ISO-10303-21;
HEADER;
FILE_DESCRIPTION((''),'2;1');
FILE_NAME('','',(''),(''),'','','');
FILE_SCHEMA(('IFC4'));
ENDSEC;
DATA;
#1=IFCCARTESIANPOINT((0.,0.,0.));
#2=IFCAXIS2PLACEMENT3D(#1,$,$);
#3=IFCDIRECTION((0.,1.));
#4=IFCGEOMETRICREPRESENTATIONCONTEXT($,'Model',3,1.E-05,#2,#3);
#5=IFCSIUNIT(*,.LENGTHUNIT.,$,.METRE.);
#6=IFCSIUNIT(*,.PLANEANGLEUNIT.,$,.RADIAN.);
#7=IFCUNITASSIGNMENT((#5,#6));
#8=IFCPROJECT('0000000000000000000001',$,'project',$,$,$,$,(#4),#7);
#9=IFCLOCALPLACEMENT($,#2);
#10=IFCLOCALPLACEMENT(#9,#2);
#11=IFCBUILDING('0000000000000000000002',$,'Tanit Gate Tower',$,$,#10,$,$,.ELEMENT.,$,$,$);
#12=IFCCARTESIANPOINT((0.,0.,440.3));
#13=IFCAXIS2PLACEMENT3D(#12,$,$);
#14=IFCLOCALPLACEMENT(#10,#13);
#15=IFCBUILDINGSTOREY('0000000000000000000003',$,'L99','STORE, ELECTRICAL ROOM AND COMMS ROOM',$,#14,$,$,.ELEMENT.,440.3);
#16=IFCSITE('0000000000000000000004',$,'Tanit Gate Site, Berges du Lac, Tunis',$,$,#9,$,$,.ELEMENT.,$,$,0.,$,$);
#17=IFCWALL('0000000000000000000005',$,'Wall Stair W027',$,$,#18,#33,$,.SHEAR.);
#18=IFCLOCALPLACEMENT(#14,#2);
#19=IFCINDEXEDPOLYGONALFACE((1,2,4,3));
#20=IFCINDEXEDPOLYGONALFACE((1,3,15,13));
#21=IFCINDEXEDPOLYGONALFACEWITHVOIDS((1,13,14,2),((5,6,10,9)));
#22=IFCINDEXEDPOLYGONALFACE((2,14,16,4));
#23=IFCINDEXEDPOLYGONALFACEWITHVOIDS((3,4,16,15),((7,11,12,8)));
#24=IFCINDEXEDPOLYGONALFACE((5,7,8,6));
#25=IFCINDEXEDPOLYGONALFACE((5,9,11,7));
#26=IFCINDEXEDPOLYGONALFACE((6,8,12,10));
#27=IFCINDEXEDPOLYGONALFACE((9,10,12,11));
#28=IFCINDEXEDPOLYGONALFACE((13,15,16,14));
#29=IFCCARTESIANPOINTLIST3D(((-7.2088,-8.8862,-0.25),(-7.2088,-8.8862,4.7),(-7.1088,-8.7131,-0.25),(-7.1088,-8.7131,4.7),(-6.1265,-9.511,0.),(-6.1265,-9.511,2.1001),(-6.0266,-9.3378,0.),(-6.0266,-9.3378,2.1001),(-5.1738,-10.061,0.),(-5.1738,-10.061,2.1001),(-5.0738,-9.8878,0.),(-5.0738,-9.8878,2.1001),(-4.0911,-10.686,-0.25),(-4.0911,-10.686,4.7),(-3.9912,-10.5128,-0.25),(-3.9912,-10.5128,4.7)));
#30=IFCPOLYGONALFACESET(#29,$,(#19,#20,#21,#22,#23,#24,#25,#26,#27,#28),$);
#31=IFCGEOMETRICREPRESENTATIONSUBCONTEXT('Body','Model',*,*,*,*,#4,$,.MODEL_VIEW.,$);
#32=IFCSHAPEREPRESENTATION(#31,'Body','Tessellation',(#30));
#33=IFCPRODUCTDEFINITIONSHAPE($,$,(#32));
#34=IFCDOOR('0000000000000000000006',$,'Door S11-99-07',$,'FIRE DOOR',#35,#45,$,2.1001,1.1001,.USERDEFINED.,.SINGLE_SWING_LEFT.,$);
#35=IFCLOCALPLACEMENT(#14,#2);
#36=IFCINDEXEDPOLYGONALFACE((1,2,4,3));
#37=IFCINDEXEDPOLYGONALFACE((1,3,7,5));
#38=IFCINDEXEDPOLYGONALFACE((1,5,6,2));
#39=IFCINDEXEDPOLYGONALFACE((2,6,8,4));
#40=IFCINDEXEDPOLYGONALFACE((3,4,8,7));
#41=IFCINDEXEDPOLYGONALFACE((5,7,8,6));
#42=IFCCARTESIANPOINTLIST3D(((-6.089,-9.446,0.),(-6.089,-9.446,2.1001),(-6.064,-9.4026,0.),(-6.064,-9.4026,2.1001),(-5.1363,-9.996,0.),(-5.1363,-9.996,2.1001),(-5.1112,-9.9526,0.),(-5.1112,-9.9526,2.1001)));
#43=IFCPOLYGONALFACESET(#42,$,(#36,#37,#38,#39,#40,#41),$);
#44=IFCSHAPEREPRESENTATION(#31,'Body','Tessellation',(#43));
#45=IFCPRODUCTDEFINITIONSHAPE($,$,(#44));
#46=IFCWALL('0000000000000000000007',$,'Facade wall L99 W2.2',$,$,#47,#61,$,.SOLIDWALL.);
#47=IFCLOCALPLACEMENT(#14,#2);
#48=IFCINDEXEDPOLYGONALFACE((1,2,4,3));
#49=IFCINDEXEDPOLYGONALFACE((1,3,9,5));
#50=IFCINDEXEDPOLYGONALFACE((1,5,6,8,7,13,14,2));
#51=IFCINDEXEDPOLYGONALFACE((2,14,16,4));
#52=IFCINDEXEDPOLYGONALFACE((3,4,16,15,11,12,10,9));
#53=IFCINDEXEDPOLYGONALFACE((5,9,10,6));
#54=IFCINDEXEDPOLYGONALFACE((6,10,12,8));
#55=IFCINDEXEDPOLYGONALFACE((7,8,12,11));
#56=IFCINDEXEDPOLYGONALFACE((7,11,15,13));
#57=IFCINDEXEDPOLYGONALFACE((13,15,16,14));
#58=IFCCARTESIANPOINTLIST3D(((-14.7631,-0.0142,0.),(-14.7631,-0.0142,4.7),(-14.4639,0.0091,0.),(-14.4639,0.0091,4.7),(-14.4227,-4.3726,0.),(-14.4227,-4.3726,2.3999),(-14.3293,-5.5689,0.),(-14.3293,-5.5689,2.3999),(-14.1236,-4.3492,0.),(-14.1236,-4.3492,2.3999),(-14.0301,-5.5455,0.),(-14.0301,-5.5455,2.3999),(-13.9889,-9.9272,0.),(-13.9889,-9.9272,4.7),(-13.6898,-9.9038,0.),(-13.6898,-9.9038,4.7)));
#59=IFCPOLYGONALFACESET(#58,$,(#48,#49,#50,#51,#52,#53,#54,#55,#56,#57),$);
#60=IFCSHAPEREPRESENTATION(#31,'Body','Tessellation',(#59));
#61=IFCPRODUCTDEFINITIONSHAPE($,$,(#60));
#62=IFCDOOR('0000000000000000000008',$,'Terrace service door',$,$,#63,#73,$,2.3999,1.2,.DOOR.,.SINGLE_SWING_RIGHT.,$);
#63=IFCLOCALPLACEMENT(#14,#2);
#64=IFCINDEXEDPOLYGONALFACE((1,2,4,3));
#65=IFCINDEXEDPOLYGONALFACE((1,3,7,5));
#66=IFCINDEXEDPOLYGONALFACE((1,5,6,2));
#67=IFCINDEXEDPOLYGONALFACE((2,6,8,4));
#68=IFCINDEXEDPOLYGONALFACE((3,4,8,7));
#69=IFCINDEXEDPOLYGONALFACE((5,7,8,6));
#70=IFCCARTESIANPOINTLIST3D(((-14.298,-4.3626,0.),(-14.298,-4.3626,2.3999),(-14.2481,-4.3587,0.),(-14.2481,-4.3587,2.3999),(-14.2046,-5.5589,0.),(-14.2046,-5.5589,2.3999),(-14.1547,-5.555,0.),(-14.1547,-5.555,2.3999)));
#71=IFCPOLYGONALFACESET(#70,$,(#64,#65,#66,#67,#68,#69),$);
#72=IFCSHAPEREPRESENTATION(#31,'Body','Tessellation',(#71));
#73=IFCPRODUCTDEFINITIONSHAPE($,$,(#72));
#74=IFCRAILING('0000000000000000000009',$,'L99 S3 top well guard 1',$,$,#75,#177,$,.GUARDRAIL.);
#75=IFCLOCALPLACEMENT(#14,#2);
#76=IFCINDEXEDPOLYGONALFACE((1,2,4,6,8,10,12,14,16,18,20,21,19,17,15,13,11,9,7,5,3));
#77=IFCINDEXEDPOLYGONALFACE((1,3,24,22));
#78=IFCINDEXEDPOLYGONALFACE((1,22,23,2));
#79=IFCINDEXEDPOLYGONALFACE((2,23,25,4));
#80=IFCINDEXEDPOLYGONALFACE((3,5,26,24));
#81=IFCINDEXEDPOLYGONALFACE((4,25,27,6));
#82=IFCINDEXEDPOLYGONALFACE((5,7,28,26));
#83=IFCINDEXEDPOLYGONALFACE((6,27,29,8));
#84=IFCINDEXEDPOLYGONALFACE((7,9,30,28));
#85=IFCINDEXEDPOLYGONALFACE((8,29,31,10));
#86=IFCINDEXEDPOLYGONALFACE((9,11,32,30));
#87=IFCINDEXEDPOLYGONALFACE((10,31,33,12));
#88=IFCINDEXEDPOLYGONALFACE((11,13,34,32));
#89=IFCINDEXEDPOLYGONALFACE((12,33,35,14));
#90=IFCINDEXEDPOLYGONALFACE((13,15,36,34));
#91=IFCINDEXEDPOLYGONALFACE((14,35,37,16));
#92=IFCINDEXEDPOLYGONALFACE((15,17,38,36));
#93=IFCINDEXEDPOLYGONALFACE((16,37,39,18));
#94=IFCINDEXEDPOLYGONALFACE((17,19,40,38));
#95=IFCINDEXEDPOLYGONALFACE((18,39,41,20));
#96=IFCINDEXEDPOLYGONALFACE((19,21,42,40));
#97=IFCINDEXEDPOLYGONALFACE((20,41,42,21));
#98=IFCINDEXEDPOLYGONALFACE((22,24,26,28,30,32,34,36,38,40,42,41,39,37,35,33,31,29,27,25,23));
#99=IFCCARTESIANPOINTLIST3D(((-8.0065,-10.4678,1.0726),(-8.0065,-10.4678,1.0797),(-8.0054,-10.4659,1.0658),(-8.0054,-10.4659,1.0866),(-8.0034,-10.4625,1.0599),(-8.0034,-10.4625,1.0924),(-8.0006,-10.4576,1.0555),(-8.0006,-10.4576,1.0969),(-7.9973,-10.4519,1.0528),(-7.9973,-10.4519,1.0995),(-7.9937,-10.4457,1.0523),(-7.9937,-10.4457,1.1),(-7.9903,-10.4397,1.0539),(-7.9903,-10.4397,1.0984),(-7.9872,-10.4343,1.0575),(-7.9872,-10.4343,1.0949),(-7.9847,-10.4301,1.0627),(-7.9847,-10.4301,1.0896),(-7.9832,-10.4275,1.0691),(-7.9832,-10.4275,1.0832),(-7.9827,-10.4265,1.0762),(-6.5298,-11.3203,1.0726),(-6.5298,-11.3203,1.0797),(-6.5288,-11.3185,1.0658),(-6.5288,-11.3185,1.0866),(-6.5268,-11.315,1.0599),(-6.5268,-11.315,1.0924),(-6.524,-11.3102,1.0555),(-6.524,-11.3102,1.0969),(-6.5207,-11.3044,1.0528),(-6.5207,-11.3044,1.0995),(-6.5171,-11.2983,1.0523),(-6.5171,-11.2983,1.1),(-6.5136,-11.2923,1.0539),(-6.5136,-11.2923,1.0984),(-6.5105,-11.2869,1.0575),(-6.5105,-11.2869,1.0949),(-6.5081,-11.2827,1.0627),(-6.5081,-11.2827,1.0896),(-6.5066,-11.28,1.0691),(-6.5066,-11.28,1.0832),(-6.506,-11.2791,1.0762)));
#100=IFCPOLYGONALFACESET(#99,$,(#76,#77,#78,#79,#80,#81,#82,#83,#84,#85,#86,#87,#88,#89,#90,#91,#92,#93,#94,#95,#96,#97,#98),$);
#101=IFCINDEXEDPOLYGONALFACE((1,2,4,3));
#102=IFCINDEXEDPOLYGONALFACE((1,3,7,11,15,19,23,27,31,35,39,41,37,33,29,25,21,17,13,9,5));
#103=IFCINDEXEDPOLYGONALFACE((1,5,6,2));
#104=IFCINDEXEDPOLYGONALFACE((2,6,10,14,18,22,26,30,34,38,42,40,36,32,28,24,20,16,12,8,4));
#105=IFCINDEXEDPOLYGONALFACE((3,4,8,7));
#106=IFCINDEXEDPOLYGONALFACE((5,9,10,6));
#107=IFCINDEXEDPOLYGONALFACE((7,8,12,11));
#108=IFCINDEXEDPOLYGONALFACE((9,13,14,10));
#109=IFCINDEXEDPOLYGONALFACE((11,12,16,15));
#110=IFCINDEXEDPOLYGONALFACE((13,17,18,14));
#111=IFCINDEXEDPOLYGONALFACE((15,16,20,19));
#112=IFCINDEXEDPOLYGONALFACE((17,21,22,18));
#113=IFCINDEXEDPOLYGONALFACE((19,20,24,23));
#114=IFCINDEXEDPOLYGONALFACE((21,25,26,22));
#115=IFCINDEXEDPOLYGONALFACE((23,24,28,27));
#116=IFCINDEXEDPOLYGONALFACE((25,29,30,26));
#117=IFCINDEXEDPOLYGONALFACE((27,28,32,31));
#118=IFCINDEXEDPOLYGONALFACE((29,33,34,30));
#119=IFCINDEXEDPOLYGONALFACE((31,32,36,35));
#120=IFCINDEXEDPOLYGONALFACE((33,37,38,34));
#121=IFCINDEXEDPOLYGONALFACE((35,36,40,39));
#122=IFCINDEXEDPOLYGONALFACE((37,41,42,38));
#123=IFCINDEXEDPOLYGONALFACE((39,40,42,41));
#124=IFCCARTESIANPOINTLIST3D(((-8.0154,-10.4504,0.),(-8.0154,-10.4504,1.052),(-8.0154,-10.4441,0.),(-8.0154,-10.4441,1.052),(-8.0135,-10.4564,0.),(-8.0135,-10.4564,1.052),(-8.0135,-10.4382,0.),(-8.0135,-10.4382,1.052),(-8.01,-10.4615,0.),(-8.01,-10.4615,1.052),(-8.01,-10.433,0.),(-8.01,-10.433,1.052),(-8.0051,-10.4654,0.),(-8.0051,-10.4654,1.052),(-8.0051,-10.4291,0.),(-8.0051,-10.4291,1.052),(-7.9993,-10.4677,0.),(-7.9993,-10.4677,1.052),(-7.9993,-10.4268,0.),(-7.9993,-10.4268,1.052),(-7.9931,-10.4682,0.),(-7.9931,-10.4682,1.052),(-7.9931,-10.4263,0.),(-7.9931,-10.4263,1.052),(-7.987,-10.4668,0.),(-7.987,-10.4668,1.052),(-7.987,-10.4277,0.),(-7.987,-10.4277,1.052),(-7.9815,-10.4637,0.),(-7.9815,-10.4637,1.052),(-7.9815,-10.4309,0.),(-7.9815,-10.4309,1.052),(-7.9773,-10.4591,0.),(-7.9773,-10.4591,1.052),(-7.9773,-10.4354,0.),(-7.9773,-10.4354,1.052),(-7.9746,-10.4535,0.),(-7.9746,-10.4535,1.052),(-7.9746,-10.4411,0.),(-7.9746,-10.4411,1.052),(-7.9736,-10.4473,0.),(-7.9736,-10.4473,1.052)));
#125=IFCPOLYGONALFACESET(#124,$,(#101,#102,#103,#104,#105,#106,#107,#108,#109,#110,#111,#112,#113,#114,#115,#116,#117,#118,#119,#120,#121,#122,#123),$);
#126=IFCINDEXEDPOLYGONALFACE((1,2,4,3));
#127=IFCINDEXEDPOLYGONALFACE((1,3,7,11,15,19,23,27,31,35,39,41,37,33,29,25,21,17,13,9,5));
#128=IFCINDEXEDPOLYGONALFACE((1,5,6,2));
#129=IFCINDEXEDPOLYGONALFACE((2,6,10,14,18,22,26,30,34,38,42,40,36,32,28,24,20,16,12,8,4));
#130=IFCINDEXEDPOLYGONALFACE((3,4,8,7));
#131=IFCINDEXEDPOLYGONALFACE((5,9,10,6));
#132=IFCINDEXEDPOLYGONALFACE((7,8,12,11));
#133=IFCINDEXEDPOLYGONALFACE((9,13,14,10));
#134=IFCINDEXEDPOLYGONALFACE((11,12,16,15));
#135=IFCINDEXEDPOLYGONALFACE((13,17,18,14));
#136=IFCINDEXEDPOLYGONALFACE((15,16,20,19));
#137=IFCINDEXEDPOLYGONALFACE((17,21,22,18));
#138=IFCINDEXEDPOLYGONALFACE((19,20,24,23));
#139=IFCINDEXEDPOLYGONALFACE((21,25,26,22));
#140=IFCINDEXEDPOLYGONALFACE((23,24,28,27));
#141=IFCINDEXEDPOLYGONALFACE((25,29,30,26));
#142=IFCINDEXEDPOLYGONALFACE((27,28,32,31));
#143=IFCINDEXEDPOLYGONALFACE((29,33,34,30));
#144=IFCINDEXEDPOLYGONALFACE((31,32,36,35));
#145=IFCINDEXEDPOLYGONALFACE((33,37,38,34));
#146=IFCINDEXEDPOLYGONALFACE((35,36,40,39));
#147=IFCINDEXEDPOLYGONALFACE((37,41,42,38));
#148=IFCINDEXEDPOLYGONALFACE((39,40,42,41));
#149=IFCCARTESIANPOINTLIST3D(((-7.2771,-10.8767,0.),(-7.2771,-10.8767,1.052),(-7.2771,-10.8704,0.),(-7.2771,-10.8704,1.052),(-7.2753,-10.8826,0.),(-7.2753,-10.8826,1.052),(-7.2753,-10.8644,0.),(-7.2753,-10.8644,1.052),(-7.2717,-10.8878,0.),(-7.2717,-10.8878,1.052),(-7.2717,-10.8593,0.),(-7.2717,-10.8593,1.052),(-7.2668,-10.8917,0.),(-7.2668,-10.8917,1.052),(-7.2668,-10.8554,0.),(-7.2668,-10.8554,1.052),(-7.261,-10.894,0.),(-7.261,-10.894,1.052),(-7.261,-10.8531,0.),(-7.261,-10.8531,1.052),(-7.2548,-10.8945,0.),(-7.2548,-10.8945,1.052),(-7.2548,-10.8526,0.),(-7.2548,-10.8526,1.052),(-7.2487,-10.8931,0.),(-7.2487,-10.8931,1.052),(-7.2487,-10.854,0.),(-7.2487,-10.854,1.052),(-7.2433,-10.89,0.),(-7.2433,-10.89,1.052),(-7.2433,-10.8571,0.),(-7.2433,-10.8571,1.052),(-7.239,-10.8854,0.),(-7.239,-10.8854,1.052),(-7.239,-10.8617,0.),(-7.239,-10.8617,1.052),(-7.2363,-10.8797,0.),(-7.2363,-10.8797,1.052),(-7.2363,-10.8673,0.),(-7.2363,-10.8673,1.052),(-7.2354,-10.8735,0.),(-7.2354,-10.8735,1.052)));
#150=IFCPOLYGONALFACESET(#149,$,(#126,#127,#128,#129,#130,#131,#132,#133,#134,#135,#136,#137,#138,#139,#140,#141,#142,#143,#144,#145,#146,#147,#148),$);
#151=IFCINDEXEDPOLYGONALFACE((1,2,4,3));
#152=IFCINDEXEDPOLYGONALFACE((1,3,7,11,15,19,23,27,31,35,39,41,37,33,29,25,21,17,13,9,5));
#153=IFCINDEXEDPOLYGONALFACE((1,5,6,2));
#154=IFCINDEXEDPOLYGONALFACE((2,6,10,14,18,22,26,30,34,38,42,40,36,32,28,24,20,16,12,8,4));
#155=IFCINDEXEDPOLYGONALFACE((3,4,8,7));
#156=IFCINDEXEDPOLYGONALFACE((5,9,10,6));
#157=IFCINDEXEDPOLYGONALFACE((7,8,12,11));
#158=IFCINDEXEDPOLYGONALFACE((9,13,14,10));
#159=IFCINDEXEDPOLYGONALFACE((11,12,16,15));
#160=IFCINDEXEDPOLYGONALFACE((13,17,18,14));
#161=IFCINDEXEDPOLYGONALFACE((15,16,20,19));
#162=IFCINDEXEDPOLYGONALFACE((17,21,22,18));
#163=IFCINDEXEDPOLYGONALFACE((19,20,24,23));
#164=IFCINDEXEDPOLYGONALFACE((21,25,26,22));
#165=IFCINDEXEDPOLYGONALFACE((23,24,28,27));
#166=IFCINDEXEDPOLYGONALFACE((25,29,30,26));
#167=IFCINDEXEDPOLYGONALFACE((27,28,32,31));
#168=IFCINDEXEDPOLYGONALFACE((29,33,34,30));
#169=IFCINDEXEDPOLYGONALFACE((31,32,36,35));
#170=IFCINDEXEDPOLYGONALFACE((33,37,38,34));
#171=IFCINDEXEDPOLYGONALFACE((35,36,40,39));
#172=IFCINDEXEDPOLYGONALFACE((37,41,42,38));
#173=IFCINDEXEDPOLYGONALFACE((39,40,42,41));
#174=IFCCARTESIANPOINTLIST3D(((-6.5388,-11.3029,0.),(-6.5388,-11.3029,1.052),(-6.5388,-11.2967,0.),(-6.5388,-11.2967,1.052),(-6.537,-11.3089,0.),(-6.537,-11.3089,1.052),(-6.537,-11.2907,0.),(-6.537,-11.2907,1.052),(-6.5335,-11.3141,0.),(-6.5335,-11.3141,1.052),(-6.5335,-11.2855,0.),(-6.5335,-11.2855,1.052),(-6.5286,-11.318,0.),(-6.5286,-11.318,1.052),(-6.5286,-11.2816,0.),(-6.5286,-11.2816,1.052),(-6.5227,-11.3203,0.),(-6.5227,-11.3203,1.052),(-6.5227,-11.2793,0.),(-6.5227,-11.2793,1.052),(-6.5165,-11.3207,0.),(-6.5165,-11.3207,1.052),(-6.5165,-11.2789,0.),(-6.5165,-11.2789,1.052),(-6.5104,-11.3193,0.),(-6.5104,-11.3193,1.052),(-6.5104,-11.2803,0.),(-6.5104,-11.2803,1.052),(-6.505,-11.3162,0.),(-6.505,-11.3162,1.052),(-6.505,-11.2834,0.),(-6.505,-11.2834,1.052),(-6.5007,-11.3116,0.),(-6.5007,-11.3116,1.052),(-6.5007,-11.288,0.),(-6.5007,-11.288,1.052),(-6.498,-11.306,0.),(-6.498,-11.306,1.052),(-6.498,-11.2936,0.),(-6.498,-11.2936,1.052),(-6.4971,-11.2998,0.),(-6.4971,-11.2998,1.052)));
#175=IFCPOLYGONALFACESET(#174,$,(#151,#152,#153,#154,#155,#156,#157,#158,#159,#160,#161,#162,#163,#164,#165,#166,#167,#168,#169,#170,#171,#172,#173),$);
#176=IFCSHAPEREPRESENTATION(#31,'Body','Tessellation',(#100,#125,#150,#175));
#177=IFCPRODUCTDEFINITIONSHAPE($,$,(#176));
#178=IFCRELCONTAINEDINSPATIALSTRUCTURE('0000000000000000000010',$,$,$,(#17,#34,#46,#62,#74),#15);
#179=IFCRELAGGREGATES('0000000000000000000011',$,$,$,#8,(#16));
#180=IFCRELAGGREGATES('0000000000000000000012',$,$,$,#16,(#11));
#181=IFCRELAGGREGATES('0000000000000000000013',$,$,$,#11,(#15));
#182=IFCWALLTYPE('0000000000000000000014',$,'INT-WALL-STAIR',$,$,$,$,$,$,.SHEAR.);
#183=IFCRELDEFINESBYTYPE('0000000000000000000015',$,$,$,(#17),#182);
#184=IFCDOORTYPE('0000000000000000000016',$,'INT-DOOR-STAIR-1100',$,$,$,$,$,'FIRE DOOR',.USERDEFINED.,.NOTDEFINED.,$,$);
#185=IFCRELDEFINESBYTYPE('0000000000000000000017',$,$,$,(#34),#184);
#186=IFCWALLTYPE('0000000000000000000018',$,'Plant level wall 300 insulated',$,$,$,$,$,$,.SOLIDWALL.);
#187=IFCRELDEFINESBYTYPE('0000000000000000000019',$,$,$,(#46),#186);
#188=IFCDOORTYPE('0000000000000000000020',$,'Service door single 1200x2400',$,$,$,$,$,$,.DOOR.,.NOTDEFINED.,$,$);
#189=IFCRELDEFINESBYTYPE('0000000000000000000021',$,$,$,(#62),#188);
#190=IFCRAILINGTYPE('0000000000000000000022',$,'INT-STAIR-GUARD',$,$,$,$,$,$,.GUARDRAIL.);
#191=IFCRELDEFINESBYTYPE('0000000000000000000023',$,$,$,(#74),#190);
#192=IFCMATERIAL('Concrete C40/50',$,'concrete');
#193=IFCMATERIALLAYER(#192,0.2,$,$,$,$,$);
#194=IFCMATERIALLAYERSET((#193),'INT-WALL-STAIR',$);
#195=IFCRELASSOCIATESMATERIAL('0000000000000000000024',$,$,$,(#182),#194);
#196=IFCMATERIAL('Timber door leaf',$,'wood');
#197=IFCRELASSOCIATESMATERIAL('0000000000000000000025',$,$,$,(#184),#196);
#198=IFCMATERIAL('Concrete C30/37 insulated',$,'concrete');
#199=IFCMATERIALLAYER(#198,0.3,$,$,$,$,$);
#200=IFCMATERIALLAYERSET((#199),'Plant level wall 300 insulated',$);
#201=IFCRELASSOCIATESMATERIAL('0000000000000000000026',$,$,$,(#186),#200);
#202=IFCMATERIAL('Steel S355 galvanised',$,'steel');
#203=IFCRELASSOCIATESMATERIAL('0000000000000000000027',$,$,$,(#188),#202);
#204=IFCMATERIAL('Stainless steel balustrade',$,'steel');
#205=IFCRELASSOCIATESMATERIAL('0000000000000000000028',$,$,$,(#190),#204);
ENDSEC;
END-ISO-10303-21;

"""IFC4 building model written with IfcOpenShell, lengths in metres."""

from ifc_helpers import new_model, si_unit, direction, frame, frame_2d, origin, origin_2d, place, context, subcontext, project, spatial, rectangle, circle, extrude, material, layer, layer_set, type_object, element, fill, save


model = new_model("IFC4")

# Units and contexts
model_context = context("Model", 3, precision=1e-05, world=origin(), true_north=direction((0.0, 1.0)))
body_context = subcontext(model_context, "Body", "Model", "MODEL_VIEW")
ifc_project = project(units=[si_unit("LENGTHUNIT", "METRE"), si_unit("PLANEANGLEUNIT", "RADIAN")], contexts=[model_context])

# Site, building, storey
site_placement = place(None, origin())
site = spatial("IfcSite", under=ifc_project, at=site_placement, Name="Tanit Gate Site, Berges du Lac, Tunis", CompositionType="ELEMENT", RefElevation=0.0)
building_placement = place(site_placement, origin())
building = spatial("IfcBuilding", under=site, at=building_placement, Name="Tanit Gate Tower", CompositionType="ELEMENT")
storey_placement = place(building_placement, frame((0.0, 0.0, 440.3)))
storey = spatial("IfcBuildingStorey", under=building, at=storey_placement, Name="L99", Description="STORE, ELECTRICAL ROOM AND COMMS ROOM", CompositionType="ELEMENT", Elevation=440.3)

# Shared definitions
ifc_material_1 = material(Name="Concrete C40/50", Category="concrete")
ifc_layer_1 = layer(ifc_material_1, 0.2)
ifc_layer_set_1 = layer_set([ifc_layer_1], Name="INT-WALL-STAIR")
wall_type_1 = type_object("IfcWallType", Name="INT-WALL-STAIR", PredefinedType="SHEAR", material=ifc_layer_set_1)

# Walls, openings, doors
wall_1_placement = place(storey_placement, frame((-4.0413, -10.5994, -0.25), z_axis=(0.0, 0.0, 1.0), x_axis=(-0.866048, 0.499961, 0.0)))
wall_1 = element("IfcWall", 1, at=wall_1_placement, inside=storey, type_object=wall_type_1, Name="Wall Stair W027", PredefinedType="SHEAR", context=body_context, shape_type="SweptSolid", body=[
    extrude(rectangle(XDim=3.5999, YDim=0.2, at=frame_2d((1.7998, 0.0))), origin(), (0.0, 0.0, 1.0), 4.95),
])
opening_1_placement = place(wall_1_placement, frame((1.25, 0.0, 0.25)))
opening_1 = element("IfcOpeningElement", 2, at=opening_1_placement, cuts=wall_1, PredefinedType="OPENING", context=body_context, shape_type="SweptSolid", body=[
    extrude(rectangle(XDim=1.1001, YDim=2.1001, at=frame_2d((0.55, 1.05))), frame((0.0, 0.1099, 0.0), z_axis=(0.0, -1.0, 0.0), x_axis=(1.0, 0.0, 0.0)), (0.0, 0.0, 1.0), 0.22),
])
ifc_material_2 = material(Name="Timber door leaf", Category="wood")
door_type_1 = type_object("IfcDoorType", Name="INT-DOOR-STAIR-1100", ElementType="FIRE DOOR", OperationType="NOTDEFINED", PredefinedType="USERDEFINED", material=ifc_material_2)
door_1_placement = place(opening_1_placement, origin())
door_1 = element("IfcDoor", 3, at=door_1_placement, inside=storey, type_object=door_type_1, Name="Door S11-99-07", ObjectType="FIRE DOOR", OperationType="SINGLE_SWING_LEFT", OverallHeight=2.1001, OverallWidth=1.1001, PredefinedType="USERDEFINED", context=body_context, shape_type="SweptSolid", body=[
    extrude(rectangle(XDim=1.1001, YDim=2.1001, at=frame_2d((0.55, 1.05))), frame((0.0, 0.0249, 0.0), z_axis=(0.0, -1.0, 0.0), x_axis=(1.0, 0.0, 0.0)), (0.0, 0.0, 1.0), 0.05),
])
fill(opening_1, door_1)
ifc_material_3 = material(Name="Concrete C30/37 insulated", Category="concrete")
ifc_layer_2 = layer(ifc_material_3, 0.3)
ifc_layer_set_2 = layer_set([ifc_layer_2], Name="Plant level wall 300 insulated")
wall_type_2 = type_object("IfcWallType", Name="Plant level wall 300 insulated", PredefinedType="SOLIDWALL", material=ifc_layer_set_2)
wall_2_placement = place(storey_placement, frame((-14.6135, -0.0024, 0.0), z_axis=(0.0, 0.0, 1.0), x_axis=(0.077861, -0.996964, 0.0)))
wall_2 = element("IfcWall", 4, at=wall_2_placement, inside=storey, type_object=wall_type_2, Name="Facade wall L99 W2.2", PredefinedType="SOLIDWALL", context=body_context, shape_type="SweptSolid", body=[
    extrude(rectangle(XDim=9.9431, YDim=0.3, at=frame_2d((4.9717, 0.0))), origin(), (0.0, 0.0, 1.0), 4.7),
])
opening_2_placement = place(wall_2_placement, frame((4.3716, 0.0, 0.0)))
opening_2 = element("IfcOpeningElement", 5, at=opening_2_placement, cuts=wall_2, PredefinedType="OPENING", context=body_context, shape_type="SweptSolid", body=[
    extrude(rectangle(XDim=1.2, YDim=2.3999, at=frame_2d((0.6001, 1.2))), frame((0.0, 0.1602, 0.0), z_axis=(0.0, -1.0, 0.0), x_axis=(1.0, 0.0, 0.0)), (0.0, 0.0, 1.0), 0.3201),
])
ifc_material_4 = material(Name="Steel S355 galvanised", Category="steel")
door_type_2 = type_object("IfcDoorType", Name="Service door single 1200x2400", OperationType="NOTDEFINED", PredefinedType="DOOR", material=ifc_material_4)
door_2_placement = place(opening_2_placement, frame((1.2, 0.0, 0.0), z_axis=(0.0, 0.0, 1.0), x_axis=(-1.0, 0.0, 0.0)))
door_2 = element("IfcDoor", 6, at=door_2_placement, inside=storey, type_object=door_type_2, Name="Terrace service door", OperationType="SINGLE_SWING_RIGHT", OverallHeight=2.3999, OverallWidth=1.2, PredefinedType="DOOR", context=body_context, shape_type="SweptSolid", body=[
    extrude(rectangle(XDim=1.2, YDim=2.3999, at=frame_2d((0.6001, 1.2))), frame((0.0, 0.0249, 0.0), z_axis=(0.0, -1.0, 0.0), x_axis=(1.0, 0.0, 0.0)), (0.0, 0.0, 1.0), 0.05),
])
fill(opening_2, door_2)

# Railing
ifc_material_5 = material(Name="Stainless steel balustrade", Category="steel")
railing_type_1 = type_object("IfcRailingType", Name="INT-STAIR-GUARD", PredefinedType="GUARDRAIL", material=ifc_material_5)
railing_placement = place(storey_placement, frame((-7.9946, -10.4473, 0.0)))
element("IfcRailing", 7, at=railing_placement, inside=storey, type_object=railing_type_1, Name="L99 S3 top well guard 1", PredefinedType="GUARDRAIL", context=body_context, shape_type="SweptSolid", body=[
    extrude(circle(Radius=0.0239, at=origin_2d()), frame((0.0, 0.0, 1.0762), z_axis=(0.866014, -0.50002, 0.0), x_axis=(0.50002, 0.866014, 0.0)), (0.0, 0.0, 1.0), 1.7051),
    extrude(circle(Radius=0.021, at=origin_2d()), origin(), (0.0, 0.0, 1.0), 1.052),
    extrude(circle(Radius=0.021, at=origin_2d()), frame((0.7383, -0.4263, 0.0)), (0.0, 0.0, 1.0), 1.052),
    extrude(circle(Radius=0.021, at=origin_2d()), frame((1.4766, -0.8525, 0.0)), (0.0, 0.0, 1.0), 1.052),
])

save(model, "model.ifc")
